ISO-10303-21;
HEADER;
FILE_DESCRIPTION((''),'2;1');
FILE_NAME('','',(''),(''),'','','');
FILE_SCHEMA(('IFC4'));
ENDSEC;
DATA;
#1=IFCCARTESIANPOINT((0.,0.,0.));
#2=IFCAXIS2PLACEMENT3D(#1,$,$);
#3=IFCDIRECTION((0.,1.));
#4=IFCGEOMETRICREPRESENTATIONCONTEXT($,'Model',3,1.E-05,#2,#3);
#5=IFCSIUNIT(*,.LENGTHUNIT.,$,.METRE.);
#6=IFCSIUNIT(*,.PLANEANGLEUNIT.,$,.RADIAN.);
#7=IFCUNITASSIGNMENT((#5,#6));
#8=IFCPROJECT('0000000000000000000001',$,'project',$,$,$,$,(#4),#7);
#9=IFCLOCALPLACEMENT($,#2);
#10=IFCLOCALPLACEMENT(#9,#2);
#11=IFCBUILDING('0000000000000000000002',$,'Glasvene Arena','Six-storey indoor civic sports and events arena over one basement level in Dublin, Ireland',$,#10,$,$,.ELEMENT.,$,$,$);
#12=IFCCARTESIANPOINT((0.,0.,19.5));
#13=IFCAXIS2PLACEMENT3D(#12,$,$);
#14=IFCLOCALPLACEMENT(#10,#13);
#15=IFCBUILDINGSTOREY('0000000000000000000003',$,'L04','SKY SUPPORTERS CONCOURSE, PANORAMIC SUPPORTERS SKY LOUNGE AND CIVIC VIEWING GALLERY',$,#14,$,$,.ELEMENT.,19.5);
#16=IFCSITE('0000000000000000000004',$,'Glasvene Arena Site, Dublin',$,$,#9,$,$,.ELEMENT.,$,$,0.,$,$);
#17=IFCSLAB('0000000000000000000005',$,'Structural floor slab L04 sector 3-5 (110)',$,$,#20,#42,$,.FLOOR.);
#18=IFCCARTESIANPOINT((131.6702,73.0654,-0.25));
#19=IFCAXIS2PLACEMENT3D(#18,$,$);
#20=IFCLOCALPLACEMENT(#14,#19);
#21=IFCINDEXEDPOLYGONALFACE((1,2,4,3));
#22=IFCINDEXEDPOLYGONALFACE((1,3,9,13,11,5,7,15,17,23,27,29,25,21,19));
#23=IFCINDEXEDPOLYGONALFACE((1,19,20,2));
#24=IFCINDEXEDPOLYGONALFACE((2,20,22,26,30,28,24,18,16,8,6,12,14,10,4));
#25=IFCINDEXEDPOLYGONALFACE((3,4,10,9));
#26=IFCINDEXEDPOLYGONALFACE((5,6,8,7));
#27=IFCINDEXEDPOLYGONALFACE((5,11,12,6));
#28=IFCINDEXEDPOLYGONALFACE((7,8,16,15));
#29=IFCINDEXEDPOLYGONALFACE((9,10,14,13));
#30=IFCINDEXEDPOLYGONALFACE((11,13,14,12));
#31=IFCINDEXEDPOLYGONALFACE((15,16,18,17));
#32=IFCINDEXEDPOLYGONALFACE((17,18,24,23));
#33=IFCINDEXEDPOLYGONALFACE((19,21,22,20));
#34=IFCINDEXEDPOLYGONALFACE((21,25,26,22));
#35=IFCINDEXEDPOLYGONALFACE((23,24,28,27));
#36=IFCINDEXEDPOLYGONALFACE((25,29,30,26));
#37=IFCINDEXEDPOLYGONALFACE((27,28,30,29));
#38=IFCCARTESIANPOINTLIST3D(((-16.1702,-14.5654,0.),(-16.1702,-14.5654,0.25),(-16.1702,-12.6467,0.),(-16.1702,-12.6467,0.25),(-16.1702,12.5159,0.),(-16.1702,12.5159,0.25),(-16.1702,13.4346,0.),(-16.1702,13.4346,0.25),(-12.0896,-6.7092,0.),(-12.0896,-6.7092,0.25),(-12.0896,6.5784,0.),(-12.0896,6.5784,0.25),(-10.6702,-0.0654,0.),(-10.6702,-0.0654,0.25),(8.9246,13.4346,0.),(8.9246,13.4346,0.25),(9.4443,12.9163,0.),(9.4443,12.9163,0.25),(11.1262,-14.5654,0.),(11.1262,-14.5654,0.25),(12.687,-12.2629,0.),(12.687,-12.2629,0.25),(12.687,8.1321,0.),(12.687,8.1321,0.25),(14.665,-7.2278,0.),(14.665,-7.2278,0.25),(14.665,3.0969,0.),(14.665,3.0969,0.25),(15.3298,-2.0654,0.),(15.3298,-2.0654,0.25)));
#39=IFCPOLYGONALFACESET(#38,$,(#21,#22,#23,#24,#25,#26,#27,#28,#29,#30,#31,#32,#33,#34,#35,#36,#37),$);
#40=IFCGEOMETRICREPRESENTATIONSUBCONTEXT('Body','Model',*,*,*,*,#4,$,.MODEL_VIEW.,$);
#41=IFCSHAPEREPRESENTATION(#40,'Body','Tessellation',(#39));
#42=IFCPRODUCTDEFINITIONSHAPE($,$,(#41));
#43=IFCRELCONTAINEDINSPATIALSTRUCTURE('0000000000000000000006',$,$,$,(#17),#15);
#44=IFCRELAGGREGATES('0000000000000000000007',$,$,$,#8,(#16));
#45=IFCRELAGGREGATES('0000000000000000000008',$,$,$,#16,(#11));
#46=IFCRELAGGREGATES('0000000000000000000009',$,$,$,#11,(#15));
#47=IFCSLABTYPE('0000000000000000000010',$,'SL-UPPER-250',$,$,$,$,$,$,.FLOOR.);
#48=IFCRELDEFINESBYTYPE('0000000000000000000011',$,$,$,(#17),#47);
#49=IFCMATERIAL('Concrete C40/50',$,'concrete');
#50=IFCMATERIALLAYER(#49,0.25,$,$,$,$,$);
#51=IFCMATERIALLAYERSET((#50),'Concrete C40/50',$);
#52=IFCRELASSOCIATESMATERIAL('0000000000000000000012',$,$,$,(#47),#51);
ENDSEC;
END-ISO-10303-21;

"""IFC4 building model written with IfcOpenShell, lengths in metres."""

from ifc_helpers import new_model, si_unit, direction, frame, origin, place, context, subcontext, project, spatial, polyline, outline, extrude, material, layer, layer_set, type_object, element, save


model = new_model("IFC4")

# Units and contexts
model_context = context("Model", 3, precision=1e-05, world=origin(), true_north=direction((0.0, 1.0)))
body_context = subcontext(model_context, "Body", "Model", "MODEL_VIEW")
ifc_project = project(units=[si_unit("LENGTHUNIT", "METRE"), si_unit("PLANEANGLEUNIT", "RADIAN")], contexts=[model_context])

# Site, building, storey
site_placement = place(None, origin())
site = spatial("IfcSite", under=ifc_project, at=site_placement, Name="Glasvene Arena Site, Dublin", CompositionType="ELEMENT", RefElevation=0.0)
building_placement = place(site_placement, origin())
building = spatial("IfcBuilding", under=site, at=building_placement, Name="Glasvene Arena", Description="Six-storey indoor civic sports and events arena over one basement level in Dublin, Ireland", CompositionType="ELEMENT")
storey_placement = place(building_placement, frame((0.0, 0.0, 19.5)))
storey = spatial("IfcBuildingStorey", under=building, at=storey_placement, Name="L04", Description="SKY SUPPORTERS CONCOURSE, PANORAMIC SUPPORTERS SKY LOUNGE AND CIVIC VIEWING GALLERY", CompositionType="ELEMENT", Elevation=19.5)

# Slab
ifc_material_1 = material(Name="Concrete C40/50", Category="concrete")
ifc_layer_1 = layer(ifc_material_1, 0.25)
ifc_layer_set_1 = layer_set([ifc_layer_1], Name="Concrete C40/50")
slab_type = type_object("IfcSlabType", Name="SL-UPPER-250", PredefinedType="FLOOR", material=ifc_layer_set_1)
slab_placement = place(storey_placement, frame((131.6702, 73.0654, -0.25)))
element("IfcSlab", 1, at=slab_placement, inside=storey, type_object=slab_type, Name="Structural floor slab L04 sector 3-5 (110)", PredefinedType="FLOOR", context=body_context, shape_type="SweptSolid", body=[
    extrude(outline(polyline([(15.3298, -2.0654), (14.665, -7.2278), (12.687, -12.2629), (11.1262, -14.5654), (-16.1702, -14.5654), (-16.1702, -12.6467), (-12.0896, -6.7092), (-10.6702, -0.0654), (-12.0896, 6.5784), (-16.1702, 12.5159), (-16.1702, 13.4346), (8.9246, 13.4346), (9.4443, 12.9163), (12.687, 8.1321), (14.665, 3.0969), (15.3298, -2.0654)])), origin(), (0.0, 0.0, 1.0), 0.25),
])

save(model, "model.ifc")
